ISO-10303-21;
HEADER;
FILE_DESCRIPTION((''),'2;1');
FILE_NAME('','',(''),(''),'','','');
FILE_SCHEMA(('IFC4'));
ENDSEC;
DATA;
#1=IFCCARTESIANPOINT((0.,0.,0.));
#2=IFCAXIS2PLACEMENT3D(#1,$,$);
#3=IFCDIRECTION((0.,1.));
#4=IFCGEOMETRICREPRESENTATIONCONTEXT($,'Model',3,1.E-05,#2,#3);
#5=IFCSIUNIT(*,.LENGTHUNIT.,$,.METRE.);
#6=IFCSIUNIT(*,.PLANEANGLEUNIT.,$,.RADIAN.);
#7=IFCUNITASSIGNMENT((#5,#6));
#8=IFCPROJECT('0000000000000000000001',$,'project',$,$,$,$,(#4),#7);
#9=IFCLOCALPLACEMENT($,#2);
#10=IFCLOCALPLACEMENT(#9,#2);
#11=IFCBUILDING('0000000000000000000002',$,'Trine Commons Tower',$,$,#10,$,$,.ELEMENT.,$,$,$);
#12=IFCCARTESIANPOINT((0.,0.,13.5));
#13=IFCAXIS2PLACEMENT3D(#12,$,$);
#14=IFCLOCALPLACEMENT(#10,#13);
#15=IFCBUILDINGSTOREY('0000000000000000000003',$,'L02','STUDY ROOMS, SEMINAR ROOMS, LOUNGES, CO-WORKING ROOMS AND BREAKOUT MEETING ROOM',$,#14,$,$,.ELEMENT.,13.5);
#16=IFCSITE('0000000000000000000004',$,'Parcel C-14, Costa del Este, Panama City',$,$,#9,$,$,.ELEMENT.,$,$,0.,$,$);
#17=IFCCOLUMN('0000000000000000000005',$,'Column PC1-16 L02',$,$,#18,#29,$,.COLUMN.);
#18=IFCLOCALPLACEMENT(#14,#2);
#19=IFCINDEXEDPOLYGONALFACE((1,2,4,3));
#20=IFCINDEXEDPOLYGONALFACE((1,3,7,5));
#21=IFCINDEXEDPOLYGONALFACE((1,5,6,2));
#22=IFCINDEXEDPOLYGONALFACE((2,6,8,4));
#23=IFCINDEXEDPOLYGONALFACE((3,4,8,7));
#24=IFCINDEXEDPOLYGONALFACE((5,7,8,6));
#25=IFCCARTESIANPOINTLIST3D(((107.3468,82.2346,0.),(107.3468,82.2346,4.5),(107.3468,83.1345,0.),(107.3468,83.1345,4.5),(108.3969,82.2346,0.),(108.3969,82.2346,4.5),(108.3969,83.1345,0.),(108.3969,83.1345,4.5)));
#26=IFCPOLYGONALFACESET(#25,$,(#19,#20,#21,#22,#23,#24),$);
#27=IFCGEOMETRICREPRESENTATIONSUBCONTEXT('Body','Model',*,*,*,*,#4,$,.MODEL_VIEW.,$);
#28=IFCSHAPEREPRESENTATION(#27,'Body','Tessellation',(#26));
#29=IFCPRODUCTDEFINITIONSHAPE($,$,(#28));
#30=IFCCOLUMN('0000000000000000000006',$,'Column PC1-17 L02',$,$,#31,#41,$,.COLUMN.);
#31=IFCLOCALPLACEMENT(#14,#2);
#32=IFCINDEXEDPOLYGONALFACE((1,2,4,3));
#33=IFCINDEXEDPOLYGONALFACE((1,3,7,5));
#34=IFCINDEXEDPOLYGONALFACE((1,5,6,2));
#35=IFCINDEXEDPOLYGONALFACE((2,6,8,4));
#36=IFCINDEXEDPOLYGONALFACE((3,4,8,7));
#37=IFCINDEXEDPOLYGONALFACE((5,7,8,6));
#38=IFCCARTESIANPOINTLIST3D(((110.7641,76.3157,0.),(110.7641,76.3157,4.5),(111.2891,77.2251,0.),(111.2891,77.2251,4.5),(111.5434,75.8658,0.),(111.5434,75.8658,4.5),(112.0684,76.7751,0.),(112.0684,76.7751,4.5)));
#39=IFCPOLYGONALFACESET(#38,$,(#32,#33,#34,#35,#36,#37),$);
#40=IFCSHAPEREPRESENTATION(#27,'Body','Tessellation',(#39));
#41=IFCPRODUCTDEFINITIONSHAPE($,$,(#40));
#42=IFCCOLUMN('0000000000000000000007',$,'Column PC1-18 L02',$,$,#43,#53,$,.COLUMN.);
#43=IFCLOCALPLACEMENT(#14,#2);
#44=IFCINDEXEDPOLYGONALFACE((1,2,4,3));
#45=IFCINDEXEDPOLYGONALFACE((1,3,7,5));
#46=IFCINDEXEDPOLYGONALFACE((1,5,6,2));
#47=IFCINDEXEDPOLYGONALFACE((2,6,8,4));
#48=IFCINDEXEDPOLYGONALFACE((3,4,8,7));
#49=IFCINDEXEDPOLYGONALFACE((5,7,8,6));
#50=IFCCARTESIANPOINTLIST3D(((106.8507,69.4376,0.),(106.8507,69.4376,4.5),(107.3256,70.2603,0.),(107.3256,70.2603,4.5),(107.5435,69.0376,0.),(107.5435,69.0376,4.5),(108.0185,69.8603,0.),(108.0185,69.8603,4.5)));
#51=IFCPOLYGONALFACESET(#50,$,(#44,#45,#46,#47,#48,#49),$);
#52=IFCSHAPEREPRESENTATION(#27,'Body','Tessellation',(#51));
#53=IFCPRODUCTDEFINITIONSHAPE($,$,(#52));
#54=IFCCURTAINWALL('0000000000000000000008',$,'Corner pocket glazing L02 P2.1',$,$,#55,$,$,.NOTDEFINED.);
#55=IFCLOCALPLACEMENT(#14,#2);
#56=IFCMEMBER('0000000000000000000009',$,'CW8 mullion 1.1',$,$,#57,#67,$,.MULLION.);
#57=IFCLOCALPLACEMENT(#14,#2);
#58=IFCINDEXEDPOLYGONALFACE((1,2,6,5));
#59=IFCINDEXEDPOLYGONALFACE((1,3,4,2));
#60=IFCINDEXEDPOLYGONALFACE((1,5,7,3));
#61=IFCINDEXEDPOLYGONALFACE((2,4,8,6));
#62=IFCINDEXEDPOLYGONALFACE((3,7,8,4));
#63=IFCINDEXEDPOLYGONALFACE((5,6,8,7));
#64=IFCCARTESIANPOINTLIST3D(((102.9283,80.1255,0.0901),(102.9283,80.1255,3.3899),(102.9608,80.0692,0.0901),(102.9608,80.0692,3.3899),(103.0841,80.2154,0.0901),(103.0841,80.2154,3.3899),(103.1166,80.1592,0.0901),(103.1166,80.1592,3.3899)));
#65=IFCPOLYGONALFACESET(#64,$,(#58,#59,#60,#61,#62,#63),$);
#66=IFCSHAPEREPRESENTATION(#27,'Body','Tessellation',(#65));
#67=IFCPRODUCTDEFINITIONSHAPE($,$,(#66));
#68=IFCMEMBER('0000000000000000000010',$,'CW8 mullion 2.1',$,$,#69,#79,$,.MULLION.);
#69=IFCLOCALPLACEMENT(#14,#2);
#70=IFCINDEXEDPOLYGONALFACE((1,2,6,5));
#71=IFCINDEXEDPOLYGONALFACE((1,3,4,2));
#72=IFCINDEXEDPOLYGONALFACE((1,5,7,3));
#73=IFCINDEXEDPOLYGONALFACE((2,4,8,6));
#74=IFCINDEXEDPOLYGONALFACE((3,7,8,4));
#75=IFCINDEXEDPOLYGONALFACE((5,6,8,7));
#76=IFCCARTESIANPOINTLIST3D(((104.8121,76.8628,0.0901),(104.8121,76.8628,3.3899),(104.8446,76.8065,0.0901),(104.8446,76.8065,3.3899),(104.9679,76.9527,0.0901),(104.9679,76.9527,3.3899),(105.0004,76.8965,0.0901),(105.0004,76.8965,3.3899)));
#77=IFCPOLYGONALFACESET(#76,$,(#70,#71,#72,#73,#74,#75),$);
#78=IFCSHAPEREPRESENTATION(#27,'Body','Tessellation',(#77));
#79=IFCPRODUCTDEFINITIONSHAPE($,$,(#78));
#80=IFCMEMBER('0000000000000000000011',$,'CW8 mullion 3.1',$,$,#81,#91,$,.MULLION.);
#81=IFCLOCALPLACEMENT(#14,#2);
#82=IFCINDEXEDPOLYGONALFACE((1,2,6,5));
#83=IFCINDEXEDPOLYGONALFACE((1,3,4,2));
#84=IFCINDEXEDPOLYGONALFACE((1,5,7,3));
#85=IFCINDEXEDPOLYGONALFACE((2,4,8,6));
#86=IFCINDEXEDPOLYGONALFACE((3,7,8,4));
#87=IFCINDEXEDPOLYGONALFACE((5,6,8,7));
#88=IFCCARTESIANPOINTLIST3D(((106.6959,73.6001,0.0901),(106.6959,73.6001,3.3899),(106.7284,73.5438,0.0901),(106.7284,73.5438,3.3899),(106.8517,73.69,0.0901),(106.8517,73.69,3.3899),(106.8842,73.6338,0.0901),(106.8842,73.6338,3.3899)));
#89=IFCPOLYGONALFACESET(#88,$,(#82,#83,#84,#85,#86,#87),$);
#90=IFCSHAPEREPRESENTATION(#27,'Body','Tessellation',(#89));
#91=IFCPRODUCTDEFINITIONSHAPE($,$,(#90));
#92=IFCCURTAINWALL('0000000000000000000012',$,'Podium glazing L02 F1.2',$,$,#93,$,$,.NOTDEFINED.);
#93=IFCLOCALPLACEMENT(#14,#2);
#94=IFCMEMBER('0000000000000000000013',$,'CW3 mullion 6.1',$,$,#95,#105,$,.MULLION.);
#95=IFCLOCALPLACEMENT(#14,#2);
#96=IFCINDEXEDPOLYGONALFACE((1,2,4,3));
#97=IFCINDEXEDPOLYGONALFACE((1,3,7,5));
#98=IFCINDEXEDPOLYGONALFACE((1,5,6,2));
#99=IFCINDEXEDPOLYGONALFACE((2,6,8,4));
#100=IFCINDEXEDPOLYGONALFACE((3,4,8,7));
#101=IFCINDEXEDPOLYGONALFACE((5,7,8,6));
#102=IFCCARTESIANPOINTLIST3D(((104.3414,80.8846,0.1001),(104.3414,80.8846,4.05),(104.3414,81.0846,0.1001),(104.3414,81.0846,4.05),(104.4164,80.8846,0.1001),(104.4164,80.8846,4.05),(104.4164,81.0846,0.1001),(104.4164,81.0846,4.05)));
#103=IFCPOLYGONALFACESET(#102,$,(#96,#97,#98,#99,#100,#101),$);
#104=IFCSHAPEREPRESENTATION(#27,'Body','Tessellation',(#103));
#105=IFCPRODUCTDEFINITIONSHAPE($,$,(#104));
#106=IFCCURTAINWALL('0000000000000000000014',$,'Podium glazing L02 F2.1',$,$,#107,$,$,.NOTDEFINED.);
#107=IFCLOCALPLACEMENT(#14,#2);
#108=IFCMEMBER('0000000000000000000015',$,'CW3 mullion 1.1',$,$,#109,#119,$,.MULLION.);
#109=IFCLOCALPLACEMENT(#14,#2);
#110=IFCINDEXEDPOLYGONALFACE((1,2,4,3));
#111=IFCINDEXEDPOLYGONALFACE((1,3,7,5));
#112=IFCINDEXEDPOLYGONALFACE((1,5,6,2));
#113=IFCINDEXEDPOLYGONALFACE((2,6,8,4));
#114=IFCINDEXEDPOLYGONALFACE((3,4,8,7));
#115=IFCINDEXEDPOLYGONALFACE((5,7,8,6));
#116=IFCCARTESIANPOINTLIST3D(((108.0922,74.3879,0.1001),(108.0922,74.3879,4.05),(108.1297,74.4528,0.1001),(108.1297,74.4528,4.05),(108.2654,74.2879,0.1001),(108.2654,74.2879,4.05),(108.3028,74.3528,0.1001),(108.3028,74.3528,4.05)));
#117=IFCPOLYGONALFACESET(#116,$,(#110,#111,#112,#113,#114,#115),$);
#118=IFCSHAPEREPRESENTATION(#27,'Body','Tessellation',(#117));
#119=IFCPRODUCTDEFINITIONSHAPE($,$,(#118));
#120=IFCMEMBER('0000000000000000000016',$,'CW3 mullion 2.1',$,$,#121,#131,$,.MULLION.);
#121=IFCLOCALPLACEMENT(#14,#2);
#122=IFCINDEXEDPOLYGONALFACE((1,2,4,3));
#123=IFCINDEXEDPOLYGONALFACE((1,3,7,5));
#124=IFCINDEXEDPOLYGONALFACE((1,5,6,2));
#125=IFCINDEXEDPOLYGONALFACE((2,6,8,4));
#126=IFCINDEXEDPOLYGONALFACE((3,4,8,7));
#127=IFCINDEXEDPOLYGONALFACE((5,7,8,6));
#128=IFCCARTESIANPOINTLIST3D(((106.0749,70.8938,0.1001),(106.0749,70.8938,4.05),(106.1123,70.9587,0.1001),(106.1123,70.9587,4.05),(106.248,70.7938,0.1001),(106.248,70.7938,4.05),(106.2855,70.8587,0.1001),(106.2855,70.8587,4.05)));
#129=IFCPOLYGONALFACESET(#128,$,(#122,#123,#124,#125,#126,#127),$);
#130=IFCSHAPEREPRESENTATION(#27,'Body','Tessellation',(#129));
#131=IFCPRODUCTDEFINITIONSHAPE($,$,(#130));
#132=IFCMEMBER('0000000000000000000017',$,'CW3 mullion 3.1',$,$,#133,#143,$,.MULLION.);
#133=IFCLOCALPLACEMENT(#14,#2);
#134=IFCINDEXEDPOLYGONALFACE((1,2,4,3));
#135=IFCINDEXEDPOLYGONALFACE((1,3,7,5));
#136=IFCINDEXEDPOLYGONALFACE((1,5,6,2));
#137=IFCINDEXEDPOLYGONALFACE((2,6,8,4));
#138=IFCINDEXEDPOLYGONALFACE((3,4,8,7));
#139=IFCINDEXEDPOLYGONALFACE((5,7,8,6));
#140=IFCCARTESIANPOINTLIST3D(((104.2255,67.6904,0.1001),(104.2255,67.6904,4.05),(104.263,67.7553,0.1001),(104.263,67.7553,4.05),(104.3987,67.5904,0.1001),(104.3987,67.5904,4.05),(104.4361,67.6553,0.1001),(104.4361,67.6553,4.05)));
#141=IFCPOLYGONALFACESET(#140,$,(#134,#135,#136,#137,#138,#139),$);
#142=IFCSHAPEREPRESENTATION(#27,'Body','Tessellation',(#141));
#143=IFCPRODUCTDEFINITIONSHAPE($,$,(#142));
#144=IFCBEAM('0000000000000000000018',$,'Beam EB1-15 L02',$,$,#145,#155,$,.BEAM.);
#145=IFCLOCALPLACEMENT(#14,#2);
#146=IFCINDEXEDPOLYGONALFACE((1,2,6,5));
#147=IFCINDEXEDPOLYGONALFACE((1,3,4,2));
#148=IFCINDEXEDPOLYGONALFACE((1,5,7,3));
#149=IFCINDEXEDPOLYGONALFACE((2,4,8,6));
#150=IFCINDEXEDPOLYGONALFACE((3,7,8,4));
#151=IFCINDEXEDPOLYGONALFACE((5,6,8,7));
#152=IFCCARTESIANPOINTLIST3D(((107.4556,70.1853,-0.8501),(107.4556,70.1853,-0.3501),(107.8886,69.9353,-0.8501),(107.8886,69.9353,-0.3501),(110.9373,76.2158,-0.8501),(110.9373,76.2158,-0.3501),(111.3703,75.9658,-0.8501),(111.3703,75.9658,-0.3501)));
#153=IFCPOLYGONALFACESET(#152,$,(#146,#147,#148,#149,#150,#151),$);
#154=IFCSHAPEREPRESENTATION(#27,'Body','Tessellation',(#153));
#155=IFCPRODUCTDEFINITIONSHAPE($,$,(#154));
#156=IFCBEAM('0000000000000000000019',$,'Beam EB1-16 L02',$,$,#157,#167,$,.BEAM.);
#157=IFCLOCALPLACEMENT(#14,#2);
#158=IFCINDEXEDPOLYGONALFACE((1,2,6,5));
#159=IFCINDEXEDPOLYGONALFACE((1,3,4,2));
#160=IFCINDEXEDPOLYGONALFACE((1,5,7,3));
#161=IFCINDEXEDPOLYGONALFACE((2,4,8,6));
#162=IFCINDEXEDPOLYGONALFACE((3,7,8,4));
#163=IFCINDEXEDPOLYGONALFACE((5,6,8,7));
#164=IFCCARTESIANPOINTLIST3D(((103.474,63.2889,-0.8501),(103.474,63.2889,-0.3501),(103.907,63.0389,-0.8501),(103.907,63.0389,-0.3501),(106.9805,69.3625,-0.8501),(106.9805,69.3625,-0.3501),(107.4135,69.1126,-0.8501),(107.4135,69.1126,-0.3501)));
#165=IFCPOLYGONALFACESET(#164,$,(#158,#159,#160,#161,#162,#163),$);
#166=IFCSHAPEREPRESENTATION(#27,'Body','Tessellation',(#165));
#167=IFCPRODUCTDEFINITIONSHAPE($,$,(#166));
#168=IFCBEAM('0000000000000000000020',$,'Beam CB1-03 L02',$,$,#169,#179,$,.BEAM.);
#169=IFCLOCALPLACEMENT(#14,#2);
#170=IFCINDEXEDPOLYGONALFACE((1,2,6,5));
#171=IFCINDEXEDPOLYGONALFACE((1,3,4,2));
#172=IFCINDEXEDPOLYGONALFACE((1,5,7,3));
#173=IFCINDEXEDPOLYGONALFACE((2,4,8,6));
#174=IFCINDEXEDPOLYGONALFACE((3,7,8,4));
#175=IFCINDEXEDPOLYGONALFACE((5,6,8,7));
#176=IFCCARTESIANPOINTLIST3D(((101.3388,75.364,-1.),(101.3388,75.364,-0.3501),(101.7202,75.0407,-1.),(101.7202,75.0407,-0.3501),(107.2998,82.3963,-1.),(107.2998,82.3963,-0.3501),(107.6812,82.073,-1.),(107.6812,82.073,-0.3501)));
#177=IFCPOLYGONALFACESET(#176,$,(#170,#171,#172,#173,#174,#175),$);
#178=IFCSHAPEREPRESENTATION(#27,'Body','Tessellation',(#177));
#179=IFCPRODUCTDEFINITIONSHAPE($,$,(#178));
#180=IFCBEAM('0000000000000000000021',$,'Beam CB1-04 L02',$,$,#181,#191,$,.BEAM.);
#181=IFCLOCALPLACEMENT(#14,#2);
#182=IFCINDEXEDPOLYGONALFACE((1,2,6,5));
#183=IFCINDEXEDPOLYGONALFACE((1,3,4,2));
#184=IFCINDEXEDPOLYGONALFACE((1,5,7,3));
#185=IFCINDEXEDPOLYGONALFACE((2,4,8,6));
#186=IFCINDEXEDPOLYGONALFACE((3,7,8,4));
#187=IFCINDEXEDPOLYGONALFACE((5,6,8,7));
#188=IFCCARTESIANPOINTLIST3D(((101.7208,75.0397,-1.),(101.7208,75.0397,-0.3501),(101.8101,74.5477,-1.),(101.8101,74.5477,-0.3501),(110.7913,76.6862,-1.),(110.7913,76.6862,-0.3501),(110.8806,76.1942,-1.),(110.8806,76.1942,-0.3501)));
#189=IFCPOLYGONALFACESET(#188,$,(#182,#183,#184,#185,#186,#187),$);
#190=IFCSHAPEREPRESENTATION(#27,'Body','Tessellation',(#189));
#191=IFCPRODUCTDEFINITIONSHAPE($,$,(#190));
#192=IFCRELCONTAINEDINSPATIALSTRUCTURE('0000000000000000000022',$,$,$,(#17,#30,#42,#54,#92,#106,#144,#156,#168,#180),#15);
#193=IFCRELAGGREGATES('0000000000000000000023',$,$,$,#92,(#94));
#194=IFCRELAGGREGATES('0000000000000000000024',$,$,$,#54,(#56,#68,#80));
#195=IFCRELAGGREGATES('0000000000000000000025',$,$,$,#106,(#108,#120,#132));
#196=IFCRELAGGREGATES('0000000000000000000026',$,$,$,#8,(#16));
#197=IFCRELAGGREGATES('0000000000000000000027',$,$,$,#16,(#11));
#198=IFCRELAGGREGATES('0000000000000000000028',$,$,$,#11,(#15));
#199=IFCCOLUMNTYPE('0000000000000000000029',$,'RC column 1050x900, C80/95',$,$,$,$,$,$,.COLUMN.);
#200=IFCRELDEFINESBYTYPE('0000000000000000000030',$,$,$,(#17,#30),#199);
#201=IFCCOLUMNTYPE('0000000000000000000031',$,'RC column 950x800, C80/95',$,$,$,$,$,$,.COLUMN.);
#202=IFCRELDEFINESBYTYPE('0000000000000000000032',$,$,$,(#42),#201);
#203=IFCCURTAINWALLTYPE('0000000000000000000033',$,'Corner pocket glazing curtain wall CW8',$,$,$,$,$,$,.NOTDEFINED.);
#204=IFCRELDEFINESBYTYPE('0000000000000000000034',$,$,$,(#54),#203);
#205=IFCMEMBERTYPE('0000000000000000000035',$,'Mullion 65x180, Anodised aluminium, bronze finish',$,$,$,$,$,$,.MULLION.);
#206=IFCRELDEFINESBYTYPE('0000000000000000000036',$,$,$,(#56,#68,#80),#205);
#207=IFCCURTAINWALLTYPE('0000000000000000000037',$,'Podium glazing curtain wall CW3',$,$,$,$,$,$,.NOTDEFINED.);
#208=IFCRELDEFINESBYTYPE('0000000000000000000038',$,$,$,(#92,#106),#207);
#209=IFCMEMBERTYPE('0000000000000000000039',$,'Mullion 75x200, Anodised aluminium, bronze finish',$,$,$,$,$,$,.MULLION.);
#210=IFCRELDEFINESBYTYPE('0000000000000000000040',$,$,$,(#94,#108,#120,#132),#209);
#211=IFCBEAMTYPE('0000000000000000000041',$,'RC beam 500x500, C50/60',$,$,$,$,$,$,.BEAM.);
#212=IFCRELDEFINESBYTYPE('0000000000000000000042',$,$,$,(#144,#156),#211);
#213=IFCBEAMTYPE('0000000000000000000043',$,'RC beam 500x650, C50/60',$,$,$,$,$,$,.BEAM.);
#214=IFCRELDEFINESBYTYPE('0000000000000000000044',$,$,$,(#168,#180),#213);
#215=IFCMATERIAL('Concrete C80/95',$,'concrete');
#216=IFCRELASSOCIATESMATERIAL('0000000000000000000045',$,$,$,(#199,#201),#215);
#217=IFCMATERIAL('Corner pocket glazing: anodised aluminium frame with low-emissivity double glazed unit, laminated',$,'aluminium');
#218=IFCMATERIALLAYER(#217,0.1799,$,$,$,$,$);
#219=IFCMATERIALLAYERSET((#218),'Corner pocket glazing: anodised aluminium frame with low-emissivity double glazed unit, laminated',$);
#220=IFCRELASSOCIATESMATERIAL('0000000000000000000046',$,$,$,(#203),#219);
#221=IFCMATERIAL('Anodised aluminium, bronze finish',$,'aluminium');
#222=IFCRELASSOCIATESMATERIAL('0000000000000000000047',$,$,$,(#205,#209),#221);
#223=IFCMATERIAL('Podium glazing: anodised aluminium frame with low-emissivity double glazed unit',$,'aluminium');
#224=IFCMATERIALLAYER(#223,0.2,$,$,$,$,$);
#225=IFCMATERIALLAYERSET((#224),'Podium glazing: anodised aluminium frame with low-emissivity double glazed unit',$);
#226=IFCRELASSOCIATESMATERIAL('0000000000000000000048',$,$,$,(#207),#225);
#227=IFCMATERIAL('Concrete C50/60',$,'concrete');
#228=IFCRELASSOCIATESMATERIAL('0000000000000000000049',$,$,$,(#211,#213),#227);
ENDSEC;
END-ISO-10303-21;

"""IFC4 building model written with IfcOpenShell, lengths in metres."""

from ifc_helpers import new_model, si_unit, direction, frame, origin, origin_2d, place, context, subcontext, project, spatial, rectangle, extrude, material, layer, layer_set, material_profile, profile_set, type_object, element, aggregate, save


model = new_model("IFC4")

# Units and contexts
model_context = context("Model", 3, precision=1e-05, world=origin(), true_north=direction((0.0, 1.0)))
body_context = subcontext(model_context, "Body", "Model", "MODEL_VIEW")
ifc_project = project(units=[si_unit("LENGTHUNIT", "METRE"), si_unit("PLANEANGLEUNIT", "RADIAN")], contexts=[model_context])

# Site, building, storey
site_placement = place(None, origin())
site = spatial("IfcSite", under=ifc_project, at=site_placement, Name="Parcel C-14, Costa del Este, Panama City", CompositionType="ELEMENT", RefElevation=0.0)
building_placement = place(site_placement, origin())
building = spatial("IfcBuilding", under=site, at=building_placement, Name="Trine Commons Tower", CompositionType="ELEMENT")
storey_placement = place(building_placement, frame((0.0, 0.0, 13.5)))
storey = spatial("IfcBuildingStorey", under=building, at=storey_placement, Name="L02", Description="STUDY ROOMS, SEMINAR ROOMS, LOUNGES, CO-WORKING ROOMS AND BREAKOUT MEETING ROOM", CompositionType="ELEMENT", Elevation=13.5)

# Columns
ifc_material_1 = material(Name="Concrete C80/95", Category="concrete")
ifc_material_profile_1 = material_profile(ifc_material_1, rectangle(XDim=1.05, YDim=0.8999, at=origin_2d()), Name="RC 1050x900")
ifc_profile_set_1 = profile_set([ifc_material_profile_1], Name="Concrete C80/95")
column_type_1 = type_object("IfcColumnType", Name="RC column 1050x900, C80/95", PredefinedType="COLUMN", material=ifc_profile_set_1)
for number, where, z_axis, x_axis, name in (
    (1, (107.8718, 82.6846, 0.0), (0.0, 0.0, 1.0), (1.0, 0.0, 0.0), "Column PC1-16 L02"),
    (2, (111.4163, 76.5454, 0.0), (0.0, 0.0, 1.0), (0.5, 0.866025, 0.0), "Column PC1-17 L02"),
):
    element("IfcColumn", number, at=place(storey_placement, frame(where, z_axis=z_axis, x_axis=x_axis)), inside=storey, type_object=column_type_1, Name=name, PredefinedType="COLUMN", context=body_context, shape_type="SweptSolid", body=[
        extrude(rectangle(XDim=1.05, YDim=0.8999, at=origin_2d()), origin(), (0.0, 0.0, 1.0), 4.5),
    ])
ifc_material_profile_2 = material_profile(ifc_material_1, rectangle(XDim=0.95, YDim=0.8, at=origin_2d()), Name="RC 950x800")
ifc_profile_set_2 = profile_set([ifc_material_profile_2], Name="Concrete C80/95")
column_type_2 = type_object("IfcColumnType", Name="RC column 950x800, C80/95", PredefinedType="COLUMN", material=ifc_profile_set_2)
column_placement = place(storey_placement, frame((107.4346, 69.6489, 0.0), z_axis=(0.0, 0.0, 1.0), x_axis=(0.5, 0.866025, 0.0)))
element("IfcColumn", 3, at=column_placement, inside=storey, type_object=column_type_2, Name="Column PC1-18 L02", PredefinedType="COLUMN", context=body_context, shape_type="SweptSolid", body=[
    extrude(rectangle(XDim=0.95, YDim=0.8, at=origin_2d()), origin(), (0.0, 0.0, 1.0), 4.5),
])

# Curtain wall, members
ifc_material_2 = material(Name="Corner pocket glazing: anodised aluminium frame with low-emissivity double glazed unit, laminated", Category="aluminium")
ifc_layer_1 = layer(ifc_material_2, 0.1799)
ifc_layer_set_1 = layer_set([ifc_layer_1], Name="Corner pocket glazing: anodised aluminium frame with low-emissivity double glazed unit, laminated")
curtain_wall_type_1 = type_object("IfcCurtainWallType", Name="Corner pocket glazing curtain wall CW8", PredefinedType="NOTDEFINED", material=ifc_layer_set_1)
curtain_wall_1_placement = place(storey_placement, origin())
curtain_wall_1 = element("IfcCurtainWall", 4, at=curtain_wall_1_placement, inside=storey, type_object=curtain_wall_type_1, Name="Corner pocket glazing L02 P2.1", PredefinedType="NOTDEFINED")
ifc_material_3 = material(Name="Anodised aluminium, bronze finish", Category="aluminium")
ifc_material_profile_3 = material_profile(ifc_material_3, rectangle(XDim=0.1799, YDim=0.0649, at=origin_2d()), Name="Mullion 65x180")
ifc_profile_set_3 = profile_set([ifc_material_profile_3], Name="Anodised aluminium, bronze finish")
member_type_1 = type_object("IfcMemberType", Name="Mullion 65x180, Anodised aluminium, bronze finish", PredefinedType="MULLION", material=ifc_profile_set_3)
member_1_placement = place(storey_placement, frame((103.0225, 80.1423, 0.0901), z_axis=(0.0, 0.0, 1.0), x_axis=(0.866025, 0.5, 0.0)))
member_1 = element("IfcMember", 5, at=member_1_placement, type_object=member_type_1, Name="CW8 mullion 1.1", PredefinedType="MULLION", context=body_context, shape_type="SweptSolid", body=[
    extrude(rectangle(XDim=0.1799, YDim=0.0649, at=origin_2d()), origin(), (0.0, 0.0, 1.0), 3.2998),
])
member_2_placement = place(storey_placement, frame((104.9062, 76.8796, 0.0901), z_axis=(0.0, 0.0, 1.0), x_axis=(0.866025, 0.5, 0.0)))
member_2 = element("IfcMember", 6, at=member_2_placement, type_object=member_type_1, Name="CW8 mullion 2.1", PredefinedType="MULLION", context=body_context, shape_type="SweptSolid", body=[
    extrude(rectangle(XDim=0.1799, YDim=0.0649, at=origin_2d()), origin(), (0.0, 0.0, 1.0), 3.2998),
])
member_3_placement = place(storey_placement, frame((106.79, 73.6169, 0.0901), z_axis=(0.0, 0.0, 1.0), x_axis=(0.866025, 0.5, 0.0)))
member_3 = element("IfcMember", 7, at=member_3_placement, type_object=member_type_1, Name="CW8 mullion 3.1", PredefinedType="MULLION", context=body_context, shape_type="SweptSolid", body=[
    extrude(rectangle(XDim=0.1799, YDim=0.0649, at=origin_2d()), origin(), (0.0, 0.0, 1.0), 3.2998),
])

# Curtain wall, member
ifc_material_4 = material(Name="Podium glazing: anodised aluminium frame with low-emissivity double glazed unit", Category="aluminium")
ifc_layer_2 = layer(ifc_material_4, 0.2)
ifc_layer_set_2 = layer_set([ifc_layer_2], Name="Podium glazing: anodised aluminium frame with low-emissivity double glazed unit")
curtain_wall_type_2 = type_object("IfcCurtainWallType", Name="Podium glazing curtain wall CW3", PredefinedType="NOTDEFINED", material=ifc_layer_set_2)
curtain_wall_2_placement = place(storey_placement, origin())
curtain_wall_2 = element("IfcCurtainWall", 8, at=curtain_wall_2_placement, inside=storey, type_object=curtain_wall_type_2, Name="Podium glazing L02 F1.2", PredefinedType="NOTDEFINED")
ifc_material_profile_4 = material_profile(ifc_material_3, rectangle(XDim=0.2, YDim=0.075, at=origin_2d()), Name="Mullion 75x200")
ifc_profile_set_4 = profile_set([ifc_material_profile_4], Name="Anodised aluminium, bronze finish")
member_type_2 = type_object("IfcMemberType", Name="Mullion 75x200, Anodised aluminium, bronze finish", PredefinedType="MULLION", material=ifc_profile_set_4)
member_4_placement = place(storey_placement, frame((104.3789, 80.9846, 0.1001), z_axis=(0.0, 0.0, 1.0), x_axis=(0.0, 1.0, 0.0)))
member_4 = element("IfcMember", 9, at=member_4_placement, type_object=member_type_2, Name="CW3 mullion 6.1", PredefinedType="MULLION", context=body_context, shape_type="SweptSolid", body=[
    extrude(rectangle(XDim=0.2, YDim=0.075, at=origin_2d()), origin(), (0.0, 0.0, 1.0), 3.95),
])
aggregate(curtain_wall_2, [member_4])

# Curtain wall, members
curtain_wall_3_placement = place(storey_placement, origin())
curtain_wall_3 = element("IfcCurtainWall", 10, at=curtain_wall_3_placement, inside=storey, type_object=curtain_wall_type_2, Name="Podium glazing L02 F2.1", PredefinedType="NOTDEFINED")
member_5_placement = place(storey_placement, frame((108.1975, 74.3704, 0.1001), z_axis=(0.0, 0.0, 1.0), x_axis=(0.866025, -0.5, 0.0)))
member_5 = element("IfcMember", 11, at=member_5_placement, type_object=member_type_2, Name="CW3 mullion 1.1", PredefinedType="MULLION", context=body_context, shape_type="SweptSolid", body=[
    extrude(rectangle(XDim=0.2, YDim=0.075, at=origin_2d()), origin(), (0.0, 0.0, 1.0), 3.95),
])
member_6_placement = place(storey_placement, frame((106.1802, 70.8762, 0.1001), z_axis=(0.0, 0.0, 1.0), x_axis=(0.866025, -0.5, 0.0)))
member_6 = element("IfcMember", 12, at=member_6_placement, type_object=member_type_2, Name="CW3 mullion 2.1", PredefinedType="MULLION", context=body_context, shape_type="SweptSolid", body=[
    extrude(rectangle(XDim=0.2, YDim=0.075, at=origin_2d()), origin(), (0.0, 0.0, 1.0), 3.95),
])
member_7_placement = place(storey_placement, frame((104.3308, 67.6729, 0.1001), z_axis=(0.0, 0.0, 1.0), x_axis=(0.866025, -0.5, 0.0)))
member_7 = element("IfcMember", 13, at=member_7_placement, type_object=member_type_2, Name="CW3 mullion 3.1", PredefinedType="MULLION", context=body_context, shape_type="SweptSolid", body=[
    extrude(rectangle(XDim=0.2, YDim=0.075, at=origin_2d()), origin(), (0.0, 0.0, 1.0), 3.95),
])

# Beams
ifc_material_5 = material(Name="Concrete C50/60", Category="concrete")
ifc_material_profile_5 = material_profile(ifc_material_5, rectangle(XDim=0.5, YDim=0.5, at=origin_2d()), Name="RC 500x500")
ifc_profile_set_5 = profile_set([ifc_material_profile_5], Name="Concrete C50/60")
beam_type_1 = type_object("IfcBeamType", Name="RC beam 500x500, C50/60", PredefinedType="BEAM", material=ifc_profile_set_5)
beam_1_placement = place(storey_placement, frame((111.1538, 76.0908, -0.6001), z_axis=(-0.499997, -0.866027, 0.0), x_axis=(0.866027, -0.499997, 0.0)))
element("IfcBeam", 14, at=beam_1_placement, inside=storey, type_object=beam_type_1, Name="Beam EB1-15 L02", PredefinedType="BEAM", context=body_context, shape_type="SweptSolid", body=[
    extrude(rectangle(XDim=0.5, YDim=0.5, at=origin_2d()), origin(), (0.0, 0.0, 1.0), 6.9634),
])
beam_2_placement = place(storey_placement, frame((107.197, 69.2375, -0.6001), z_axis=(-0.499992, -0.86603, 0.0), x_axis=(0.86603, -0.499992, 0.0)))
element("IfcBeam", 15, at=beam_2_placement, inside=storey, type_object=beam_type_1, Name="Beam EB1-16 L02", PredefinedType="BEAM", context=body_context, shape_type="SweptSolid", body=[
    extrude(rectangle(XDim=0.5, YDim=0.5, at=origin_2d()), origin(), (0.0, 0.0, 1.0), 7.0132),
])
ifc_material_profile_6 = material_profile(ifc_material_5, rectangle(XDim=0.5, YDim=0.6499, at=origin_2d()), Name="RC 500x650")
ifc_profile_set_6 = profile_set([ifc_material_profile_6], Name="Concrete C50/60")
beam_type_2 = type_object("IfcBeamType", Name="RC beam 500x650, C50/60", PredefinedType="BEAM", material=ifc_profile_set_6)
for number, where, z_axis, x_axis, name in (
    (16, (107.4905, 82.2346, -0.675), (-0.646612, -0.762819, 0.0), (0.762819, -0.646612, 0.0), "Beam CB1-03 L02"),
    (17, (110.8359, 76.4402, -0.675), (-0.983922, -0.178601, 0.0), (0.178601, -0.983922, 0.0), "Beam CB1-04 L02"),
):
    element("IfcBeam", number, at=place(storey_placement, frame(where, z_axis=z_axis, x_axis=x_axis)), inside=storey, type_object=beam_type_2, Name=name, PredefinedType="BEAM", context=body_context, shape_type="SweptSolid", body=[
        extrude(rectangle(XDim=0.5, YDim=0.6499, at=origin_2d()), origin(), (0.0, 0.0, 1.0), 9.2188),
    ])

aggregate(curtain_wall_1, [member_1, member_2, member_3])
aggregate(curtain_wall_3, [member_5, member_6, member_7])

save(model, "model.ifc")
